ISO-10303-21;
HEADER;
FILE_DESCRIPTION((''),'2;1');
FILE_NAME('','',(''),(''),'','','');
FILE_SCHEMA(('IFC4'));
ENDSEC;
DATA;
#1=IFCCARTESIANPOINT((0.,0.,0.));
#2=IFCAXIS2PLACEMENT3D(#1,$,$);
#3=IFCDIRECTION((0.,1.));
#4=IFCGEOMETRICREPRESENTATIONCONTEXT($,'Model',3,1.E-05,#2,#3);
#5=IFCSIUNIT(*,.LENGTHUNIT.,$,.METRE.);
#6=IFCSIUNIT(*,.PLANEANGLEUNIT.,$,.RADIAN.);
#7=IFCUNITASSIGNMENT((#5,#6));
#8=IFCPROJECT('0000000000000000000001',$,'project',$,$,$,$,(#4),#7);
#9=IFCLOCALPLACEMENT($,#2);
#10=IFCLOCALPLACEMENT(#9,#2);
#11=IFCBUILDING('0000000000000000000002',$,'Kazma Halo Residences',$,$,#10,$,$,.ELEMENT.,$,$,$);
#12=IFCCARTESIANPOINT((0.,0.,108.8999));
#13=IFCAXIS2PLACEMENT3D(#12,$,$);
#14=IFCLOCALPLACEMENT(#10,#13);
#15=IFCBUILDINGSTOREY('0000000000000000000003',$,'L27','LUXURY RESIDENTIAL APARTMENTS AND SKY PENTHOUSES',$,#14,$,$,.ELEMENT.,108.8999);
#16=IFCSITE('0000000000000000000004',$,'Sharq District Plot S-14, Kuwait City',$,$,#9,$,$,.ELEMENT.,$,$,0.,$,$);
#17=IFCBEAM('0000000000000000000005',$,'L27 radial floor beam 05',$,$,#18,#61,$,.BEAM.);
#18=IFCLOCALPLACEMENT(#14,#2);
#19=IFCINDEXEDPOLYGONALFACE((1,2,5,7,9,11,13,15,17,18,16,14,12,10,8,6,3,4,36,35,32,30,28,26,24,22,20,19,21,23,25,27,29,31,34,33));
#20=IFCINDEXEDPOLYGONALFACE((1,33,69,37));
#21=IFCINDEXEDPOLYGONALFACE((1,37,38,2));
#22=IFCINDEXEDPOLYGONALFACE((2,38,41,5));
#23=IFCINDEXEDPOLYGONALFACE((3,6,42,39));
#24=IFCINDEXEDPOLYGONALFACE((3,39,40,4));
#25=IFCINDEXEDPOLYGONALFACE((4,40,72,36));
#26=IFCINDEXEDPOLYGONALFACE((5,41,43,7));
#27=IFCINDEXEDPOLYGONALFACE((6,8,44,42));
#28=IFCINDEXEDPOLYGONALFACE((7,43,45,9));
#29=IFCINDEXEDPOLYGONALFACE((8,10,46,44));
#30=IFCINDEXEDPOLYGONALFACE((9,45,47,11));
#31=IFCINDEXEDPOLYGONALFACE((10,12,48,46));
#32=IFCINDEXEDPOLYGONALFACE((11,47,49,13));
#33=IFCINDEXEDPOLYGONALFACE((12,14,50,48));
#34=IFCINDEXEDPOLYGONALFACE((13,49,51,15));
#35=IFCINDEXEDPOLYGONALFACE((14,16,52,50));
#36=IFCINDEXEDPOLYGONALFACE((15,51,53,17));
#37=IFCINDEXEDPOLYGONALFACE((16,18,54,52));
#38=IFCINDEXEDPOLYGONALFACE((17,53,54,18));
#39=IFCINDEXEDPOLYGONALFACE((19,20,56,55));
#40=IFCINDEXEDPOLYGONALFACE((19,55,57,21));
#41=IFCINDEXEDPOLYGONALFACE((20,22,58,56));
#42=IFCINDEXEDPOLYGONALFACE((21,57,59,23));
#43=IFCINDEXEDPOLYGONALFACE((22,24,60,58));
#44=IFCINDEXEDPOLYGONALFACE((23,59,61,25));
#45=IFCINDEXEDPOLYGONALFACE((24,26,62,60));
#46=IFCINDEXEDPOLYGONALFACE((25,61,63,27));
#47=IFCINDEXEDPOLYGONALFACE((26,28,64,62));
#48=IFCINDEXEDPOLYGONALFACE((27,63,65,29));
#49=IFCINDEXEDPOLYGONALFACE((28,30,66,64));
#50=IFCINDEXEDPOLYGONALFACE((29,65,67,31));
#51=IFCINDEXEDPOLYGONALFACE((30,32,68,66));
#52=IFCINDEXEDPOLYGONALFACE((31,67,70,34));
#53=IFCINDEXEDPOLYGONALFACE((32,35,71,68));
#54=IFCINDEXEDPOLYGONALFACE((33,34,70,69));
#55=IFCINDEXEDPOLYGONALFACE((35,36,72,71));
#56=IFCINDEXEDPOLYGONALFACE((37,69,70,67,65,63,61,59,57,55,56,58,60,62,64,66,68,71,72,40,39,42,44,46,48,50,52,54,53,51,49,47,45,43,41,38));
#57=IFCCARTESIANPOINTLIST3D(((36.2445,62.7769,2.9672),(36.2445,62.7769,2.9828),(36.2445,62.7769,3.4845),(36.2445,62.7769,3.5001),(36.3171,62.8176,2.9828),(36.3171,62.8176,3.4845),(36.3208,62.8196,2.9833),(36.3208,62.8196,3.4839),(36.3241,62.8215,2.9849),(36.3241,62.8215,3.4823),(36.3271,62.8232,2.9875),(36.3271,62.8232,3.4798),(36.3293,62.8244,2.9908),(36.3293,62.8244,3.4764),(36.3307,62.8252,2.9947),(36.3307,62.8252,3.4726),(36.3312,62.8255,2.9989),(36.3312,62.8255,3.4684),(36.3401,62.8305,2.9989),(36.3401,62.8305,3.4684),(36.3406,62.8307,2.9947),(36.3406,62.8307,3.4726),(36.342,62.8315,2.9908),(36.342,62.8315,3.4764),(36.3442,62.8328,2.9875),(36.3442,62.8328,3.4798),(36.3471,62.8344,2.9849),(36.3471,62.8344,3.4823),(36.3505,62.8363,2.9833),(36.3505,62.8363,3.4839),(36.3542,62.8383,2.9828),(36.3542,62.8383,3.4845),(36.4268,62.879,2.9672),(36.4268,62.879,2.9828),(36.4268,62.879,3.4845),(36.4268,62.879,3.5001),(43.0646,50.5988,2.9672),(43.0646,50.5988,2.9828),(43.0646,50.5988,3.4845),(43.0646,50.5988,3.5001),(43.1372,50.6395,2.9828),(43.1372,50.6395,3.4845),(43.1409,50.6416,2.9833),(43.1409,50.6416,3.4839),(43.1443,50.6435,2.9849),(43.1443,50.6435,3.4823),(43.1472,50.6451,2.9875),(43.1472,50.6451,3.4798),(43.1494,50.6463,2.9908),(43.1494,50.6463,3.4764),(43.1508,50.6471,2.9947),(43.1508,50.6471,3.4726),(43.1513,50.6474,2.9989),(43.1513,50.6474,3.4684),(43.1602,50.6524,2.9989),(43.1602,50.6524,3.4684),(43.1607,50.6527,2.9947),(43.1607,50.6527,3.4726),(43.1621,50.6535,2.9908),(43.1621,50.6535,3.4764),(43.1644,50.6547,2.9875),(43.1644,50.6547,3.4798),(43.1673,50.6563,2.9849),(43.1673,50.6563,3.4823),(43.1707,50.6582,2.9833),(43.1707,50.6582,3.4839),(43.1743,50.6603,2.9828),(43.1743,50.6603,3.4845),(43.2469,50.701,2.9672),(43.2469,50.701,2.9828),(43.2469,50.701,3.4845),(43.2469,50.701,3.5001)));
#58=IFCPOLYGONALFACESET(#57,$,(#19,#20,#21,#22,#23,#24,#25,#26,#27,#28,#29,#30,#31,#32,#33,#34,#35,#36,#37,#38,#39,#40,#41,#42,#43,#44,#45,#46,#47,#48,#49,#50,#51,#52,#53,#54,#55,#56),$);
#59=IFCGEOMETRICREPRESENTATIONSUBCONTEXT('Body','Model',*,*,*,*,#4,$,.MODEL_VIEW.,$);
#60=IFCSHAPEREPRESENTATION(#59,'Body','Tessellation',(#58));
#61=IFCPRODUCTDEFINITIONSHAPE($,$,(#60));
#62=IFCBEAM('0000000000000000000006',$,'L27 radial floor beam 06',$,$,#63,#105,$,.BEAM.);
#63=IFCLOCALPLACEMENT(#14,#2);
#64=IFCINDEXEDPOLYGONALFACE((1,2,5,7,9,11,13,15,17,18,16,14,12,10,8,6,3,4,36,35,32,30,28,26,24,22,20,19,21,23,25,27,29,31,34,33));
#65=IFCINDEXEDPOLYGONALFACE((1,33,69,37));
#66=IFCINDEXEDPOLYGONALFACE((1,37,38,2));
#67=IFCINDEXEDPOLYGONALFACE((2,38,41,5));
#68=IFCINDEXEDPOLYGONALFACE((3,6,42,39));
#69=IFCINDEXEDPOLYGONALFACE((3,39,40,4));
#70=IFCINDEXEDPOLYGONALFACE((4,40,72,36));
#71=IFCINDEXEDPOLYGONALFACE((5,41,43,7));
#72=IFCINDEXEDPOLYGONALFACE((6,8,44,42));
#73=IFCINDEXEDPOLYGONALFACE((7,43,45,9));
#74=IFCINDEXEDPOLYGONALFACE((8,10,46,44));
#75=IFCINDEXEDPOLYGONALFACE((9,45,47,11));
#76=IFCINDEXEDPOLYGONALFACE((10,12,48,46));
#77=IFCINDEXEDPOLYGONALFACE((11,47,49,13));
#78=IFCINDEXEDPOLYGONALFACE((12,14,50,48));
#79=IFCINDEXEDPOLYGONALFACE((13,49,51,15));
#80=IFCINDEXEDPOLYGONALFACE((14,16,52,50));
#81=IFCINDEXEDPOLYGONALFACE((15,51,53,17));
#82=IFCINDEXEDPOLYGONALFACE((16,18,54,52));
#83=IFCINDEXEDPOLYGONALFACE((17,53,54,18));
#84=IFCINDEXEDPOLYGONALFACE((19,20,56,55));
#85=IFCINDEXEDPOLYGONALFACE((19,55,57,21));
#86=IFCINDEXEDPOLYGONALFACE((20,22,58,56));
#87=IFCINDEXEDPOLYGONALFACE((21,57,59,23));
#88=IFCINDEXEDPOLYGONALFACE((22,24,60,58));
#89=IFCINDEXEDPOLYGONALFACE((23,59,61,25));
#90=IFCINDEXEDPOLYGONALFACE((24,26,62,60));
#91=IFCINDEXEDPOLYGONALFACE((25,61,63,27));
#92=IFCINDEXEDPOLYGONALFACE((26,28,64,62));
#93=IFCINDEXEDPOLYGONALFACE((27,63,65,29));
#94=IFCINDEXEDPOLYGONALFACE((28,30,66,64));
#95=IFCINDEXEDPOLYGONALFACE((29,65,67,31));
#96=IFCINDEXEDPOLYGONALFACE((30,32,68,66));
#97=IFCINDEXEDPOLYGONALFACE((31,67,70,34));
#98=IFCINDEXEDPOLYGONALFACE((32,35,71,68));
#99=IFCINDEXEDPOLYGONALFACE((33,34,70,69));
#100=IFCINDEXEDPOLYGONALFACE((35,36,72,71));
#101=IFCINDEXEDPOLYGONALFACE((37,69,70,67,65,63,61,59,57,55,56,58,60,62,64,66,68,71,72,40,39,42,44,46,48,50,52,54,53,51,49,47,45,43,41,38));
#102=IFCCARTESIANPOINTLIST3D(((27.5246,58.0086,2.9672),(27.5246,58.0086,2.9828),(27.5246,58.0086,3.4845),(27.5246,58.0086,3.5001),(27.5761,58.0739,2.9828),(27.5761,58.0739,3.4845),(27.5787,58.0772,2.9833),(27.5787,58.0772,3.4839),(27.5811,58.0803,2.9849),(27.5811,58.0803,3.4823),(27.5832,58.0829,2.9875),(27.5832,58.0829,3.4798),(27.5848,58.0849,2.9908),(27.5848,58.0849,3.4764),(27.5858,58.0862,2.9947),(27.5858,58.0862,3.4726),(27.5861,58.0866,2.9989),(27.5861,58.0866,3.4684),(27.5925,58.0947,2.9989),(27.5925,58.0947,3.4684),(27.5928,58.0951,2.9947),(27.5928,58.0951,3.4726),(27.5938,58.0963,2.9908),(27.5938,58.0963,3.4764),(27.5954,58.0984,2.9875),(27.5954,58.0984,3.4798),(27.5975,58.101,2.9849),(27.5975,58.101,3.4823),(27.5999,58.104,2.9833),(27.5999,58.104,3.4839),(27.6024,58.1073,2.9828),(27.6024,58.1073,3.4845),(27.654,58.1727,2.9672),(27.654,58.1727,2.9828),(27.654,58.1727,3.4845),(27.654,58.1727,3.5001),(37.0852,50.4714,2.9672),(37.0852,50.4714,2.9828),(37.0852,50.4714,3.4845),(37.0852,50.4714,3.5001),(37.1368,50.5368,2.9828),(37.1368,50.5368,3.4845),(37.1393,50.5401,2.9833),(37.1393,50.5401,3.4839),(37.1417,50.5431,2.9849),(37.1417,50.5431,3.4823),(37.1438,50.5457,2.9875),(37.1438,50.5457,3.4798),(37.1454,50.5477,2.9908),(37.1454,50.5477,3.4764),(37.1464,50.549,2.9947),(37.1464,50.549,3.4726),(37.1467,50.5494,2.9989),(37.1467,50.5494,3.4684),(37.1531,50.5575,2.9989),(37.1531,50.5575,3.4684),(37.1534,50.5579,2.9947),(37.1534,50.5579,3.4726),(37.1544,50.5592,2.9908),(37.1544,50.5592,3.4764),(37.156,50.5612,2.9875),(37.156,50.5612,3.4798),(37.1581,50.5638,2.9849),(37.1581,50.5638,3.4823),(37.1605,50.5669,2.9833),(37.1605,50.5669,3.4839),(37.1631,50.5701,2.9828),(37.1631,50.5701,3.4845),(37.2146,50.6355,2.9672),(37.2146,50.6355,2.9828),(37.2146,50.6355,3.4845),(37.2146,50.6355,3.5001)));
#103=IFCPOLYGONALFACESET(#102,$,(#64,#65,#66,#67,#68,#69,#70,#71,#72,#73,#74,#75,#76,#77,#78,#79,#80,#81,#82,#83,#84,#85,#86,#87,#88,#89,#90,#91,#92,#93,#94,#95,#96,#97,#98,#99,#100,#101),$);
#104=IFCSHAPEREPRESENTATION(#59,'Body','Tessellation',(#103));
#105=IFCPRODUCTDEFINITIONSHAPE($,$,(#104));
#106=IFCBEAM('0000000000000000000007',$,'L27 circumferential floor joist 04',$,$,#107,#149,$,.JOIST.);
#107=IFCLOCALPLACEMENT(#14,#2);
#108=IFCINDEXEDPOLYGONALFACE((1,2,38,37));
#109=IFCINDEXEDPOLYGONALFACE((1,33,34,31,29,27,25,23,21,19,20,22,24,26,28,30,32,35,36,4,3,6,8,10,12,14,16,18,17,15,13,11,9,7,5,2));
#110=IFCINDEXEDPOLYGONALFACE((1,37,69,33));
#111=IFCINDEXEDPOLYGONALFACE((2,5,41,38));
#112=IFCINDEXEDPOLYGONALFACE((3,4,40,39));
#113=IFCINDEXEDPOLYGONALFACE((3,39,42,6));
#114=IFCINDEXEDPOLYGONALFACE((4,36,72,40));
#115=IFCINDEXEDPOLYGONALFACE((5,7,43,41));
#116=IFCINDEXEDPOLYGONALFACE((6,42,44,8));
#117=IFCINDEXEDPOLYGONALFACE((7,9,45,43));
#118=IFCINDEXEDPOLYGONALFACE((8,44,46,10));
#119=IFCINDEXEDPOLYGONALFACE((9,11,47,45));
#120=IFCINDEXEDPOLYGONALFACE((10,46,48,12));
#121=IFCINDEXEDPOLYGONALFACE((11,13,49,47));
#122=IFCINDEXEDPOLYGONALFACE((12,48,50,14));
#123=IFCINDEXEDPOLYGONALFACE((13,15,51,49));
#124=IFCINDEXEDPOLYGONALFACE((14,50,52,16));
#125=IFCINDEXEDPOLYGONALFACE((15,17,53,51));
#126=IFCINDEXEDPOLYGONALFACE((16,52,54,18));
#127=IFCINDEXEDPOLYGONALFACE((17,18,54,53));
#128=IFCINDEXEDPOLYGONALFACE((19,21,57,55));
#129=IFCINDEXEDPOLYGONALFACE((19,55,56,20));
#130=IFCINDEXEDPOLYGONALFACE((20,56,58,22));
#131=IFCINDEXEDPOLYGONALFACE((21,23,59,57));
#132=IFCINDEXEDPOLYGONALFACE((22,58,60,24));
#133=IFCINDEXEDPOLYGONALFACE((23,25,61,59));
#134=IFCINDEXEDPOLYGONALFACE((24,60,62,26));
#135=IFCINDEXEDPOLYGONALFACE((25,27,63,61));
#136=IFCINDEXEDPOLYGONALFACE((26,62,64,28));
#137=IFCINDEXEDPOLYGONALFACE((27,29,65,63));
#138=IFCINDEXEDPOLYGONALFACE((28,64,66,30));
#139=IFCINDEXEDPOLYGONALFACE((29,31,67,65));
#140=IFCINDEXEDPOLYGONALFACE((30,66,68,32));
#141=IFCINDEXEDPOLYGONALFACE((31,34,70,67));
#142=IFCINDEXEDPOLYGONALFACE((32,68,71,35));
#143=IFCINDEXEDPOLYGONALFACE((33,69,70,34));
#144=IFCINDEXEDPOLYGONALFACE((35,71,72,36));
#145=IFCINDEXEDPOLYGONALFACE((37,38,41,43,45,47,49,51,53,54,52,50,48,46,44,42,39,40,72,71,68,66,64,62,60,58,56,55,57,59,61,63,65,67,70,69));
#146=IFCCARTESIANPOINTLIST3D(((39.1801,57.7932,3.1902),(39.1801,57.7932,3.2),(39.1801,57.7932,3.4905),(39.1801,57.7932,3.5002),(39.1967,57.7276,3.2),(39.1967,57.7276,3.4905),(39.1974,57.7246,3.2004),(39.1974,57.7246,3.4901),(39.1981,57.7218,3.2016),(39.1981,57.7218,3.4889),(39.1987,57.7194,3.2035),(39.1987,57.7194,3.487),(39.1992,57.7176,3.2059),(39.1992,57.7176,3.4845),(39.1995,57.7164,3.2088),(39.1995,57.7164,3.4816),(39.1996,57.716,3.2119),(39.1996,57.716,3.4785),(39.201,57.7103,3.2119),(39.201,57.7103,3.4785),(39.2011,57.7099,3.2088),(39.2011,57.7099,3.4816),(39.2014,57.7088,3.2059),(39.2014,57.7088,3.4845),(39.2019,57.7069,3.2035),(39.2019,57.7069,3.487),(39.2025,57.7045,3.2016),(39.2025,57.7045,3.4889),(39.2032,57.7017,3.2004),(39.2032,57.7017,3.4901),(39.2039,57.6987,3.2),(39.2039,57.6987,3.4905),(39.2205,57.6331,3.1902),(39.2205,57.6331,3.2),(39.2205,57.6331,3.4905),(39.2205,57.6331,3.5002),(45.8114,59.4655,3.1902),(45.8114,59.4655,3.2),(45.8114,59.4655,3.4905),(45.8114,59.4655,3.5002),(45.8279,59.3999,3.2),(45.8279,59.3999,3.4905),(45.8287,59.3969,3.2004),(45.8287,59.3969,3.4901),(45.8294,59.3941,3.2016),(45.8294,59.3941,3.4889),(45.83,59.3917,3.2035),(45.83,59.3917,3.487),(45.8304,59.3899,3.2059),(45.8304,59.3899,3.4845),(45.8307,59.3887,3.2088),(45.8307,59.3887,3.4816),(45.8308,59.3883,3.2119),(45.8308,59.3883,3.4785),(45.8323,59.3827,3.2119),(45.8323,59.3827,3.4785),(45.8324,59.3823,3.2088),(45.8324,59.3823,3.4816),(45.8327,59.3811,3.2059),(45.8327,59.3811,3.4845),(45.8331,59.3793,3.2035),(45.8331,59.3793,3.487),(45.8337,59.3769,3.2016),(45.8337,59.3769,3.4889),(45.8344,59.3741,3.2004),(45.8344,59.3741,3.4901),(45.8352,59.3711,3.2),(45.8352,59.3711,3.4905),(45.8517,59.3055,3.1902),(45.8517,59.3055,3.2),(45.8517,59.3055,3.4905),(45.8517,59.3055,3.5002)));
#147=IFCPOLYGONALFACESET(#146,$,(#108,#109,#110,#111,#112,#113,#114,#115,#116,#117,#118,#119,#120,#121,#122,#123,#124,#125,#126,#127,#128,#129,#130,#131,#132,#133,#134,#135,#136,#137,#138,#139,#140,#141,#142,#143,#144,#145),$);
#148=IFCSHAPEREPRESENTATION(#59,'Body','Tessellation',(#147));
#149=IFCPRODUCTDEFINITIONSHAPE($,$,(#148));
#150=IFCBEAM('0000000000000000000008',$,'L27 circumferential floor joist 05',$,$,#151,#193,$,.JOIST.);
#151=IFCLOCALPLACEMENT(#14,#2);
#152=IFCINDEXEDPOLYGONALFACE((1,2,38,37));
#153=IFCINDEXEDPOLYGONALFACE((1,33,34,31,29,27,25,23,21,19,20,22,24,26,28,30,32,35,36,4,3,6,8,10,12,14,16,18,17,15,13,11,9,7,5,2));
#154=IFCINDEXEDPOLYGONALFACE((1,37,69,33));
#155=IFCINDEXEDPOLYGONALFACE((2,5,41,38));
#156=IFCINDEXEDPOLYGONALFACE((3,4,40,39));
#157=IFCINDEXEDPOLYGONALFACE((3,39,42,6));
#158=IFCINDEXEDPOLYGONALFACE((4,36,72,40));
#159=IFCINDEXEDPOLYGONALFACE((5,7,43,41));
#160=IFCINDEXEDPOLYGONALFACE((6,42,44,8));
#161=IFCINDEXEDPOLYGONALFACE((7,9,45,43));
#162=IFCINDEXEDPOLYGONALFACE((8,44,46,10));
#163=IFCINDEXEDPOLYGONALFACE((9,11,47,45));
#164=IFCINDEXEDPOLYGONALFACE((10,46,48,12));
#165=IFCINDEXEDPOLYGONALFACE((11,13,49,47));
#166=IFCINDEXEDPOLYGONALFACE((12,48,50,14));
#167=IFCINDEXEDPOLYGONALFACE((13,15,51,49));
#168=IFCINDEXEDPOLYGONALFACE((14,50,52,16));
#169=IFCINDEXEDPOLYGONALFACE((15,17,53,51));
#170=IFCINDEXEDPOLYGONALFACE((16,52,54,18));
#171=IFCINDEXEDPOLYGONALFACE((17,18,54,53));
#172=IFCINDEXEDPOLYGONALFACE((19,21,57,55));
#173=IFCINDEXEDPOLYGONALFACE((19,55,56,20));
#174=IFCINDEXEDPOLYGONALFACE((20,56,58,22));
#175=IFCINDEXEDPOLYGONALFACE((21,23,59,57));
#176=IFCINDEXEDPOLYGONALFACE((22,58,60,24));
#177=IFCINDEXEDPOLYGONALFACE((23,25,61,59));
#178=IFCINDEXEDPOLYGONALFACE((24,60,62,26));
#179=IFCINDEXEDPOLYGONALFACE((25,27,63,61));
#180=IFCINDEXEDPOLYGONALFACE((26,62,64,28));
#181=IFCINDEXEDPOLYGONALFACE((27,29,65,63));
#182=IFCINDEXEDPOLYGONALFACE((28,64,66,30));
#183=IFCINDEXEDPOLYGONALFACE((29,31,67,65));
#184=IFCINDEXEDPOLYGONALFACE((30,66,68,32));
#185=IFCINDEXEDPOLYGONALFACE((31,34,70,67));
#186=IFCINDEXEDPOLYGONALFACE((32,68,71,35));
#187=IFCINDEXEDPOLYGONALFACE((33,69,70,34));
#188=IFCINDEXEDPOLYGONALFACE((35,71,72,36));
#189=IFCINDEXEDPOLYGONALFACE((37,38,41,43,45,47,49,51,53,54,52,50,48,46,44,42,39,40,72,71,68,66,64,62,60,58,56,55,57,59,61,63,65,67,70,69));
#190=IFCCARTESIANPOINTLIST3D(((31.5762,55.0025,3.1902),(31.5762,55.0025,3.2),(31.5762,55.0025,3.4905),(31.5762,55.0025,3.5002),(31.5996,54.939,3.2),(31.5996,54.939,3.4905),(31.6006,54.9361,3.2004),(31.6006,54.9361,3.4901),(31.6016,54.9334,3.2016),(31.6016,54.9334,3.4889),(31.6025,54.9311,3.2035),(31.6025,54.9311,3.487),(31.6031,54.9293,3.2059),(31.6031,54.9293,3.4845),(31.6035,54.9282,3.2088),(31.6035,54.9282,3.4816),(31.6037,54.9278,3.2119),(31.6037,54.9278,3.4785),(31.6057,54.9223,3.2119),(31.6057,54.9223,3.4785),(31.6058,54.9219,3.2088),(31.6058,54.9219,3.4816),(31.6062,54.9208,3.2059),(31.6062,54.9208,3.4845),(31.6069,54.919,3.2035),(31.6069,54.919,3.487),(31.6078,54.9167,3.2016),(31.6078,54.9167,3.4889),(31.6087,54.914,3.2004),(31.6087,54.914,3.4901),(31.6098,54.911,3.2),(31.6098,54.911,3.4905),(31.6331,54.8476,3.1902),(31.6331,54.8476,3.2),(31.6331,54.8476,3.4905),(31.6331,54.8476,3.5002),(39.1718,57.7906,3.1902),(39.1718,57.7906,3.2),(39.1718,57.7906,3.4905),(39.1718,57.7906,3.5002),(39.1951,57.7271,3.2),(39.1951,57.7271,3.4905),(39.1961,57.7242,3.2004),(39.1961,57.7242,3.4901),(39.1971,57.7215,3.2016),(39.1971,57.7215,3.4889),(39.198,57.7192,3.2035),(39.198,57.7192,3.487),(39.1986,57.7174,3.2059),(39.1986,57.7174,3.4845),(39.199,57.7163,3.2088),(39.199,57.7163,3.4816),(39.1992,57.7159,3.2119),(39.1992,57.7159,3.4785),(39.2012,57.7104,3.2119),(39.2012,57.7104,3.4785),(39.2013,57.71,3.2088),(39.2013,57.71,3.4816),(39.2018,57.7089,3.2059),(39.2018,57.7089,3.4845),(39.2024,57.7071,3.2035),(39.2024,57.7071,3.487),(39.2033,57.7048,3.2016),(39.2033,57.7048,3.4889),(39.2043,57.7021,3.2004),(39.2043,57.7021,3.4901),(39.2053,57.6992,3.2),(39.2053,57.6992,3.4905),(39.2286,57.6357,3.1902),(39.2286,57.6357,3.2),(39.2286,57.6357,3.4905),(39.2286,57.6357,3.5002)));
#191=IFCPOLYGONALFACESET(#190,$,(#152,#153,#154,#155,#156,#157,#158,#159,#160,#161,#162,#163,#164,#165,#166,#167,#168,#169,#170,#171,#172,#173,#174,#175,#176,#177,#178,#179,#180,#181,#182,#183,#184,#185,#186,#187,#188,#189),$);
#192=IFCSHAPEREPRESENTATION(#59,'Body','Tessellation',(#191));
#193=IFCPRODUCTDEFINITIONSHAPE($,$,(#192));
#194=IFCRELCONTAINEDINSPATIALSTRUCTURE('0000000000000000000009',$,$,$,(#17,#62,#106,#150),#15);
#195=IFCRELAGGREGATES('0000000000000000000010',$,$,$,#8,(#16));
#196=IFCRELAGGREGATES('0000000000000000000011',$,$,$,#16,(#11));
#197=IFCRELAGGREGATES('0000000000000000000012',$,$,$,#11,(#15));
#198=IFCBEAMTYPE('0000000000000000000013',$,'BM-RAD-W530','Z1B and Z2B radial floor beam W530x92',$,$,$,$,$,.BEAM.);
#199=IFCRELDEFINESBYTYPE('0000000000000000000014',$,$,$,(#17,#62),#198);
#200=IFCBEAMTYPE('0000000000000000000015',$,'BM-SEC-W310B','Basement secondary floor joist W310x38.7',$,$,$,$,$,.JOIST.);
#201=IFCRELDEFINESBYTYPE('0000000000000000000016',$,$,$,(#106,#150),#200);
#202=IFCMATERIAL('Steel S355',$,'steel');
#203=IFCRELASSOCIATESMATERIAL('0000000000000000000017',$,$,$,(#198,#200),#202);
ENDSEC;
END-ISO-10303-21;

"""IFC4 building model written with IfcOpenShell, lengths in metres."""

from ifc_helpers import new_model, si_unit, direction, frame, origin, origin_2d, place, context, subcontext, project, spatial, i_section, extrude, material, material_profile, profile_set, type_object, element, save


model = new_model("IFC4")

# Units and contexts
model_context = context("Model", 3, precision=1e-05, world=origin(), true_north=direction((0.0, 1.0)))
body_context = subcontext(model_context, "Body", "Model", "MODEL_VIEW")
ifc_project = project(units=[si_unit("LENGTHUNIT", "METRE"), si_unit("PLANEANGLEUNIT", "RADIAN")], contexts=[model_context])

# Site, building, storey
site_placement = place(None, origin())
site = spatial("IfcSite", under=ifc_project, at=site_placement, Name="Sharq District Plot S-14, Kuwait City", CompositionType="ELEMENT", RefElevation=0.0)
building_placement = place(site_placement, origin())
building = spatial("IfcBuilding", under=site, at=building_placement, Name="Kazma Halo Residences", CompositionType="ELEMENT")
storey_placement = place(building_placement, frame((0.0, 0.0, 108.8999)))
storey = spatial("IfcBuildingStorey", under=building, at=storey_placement, Name="L27", Description="LUXURY RESIDENTIAL APARTMENTS AND SKY PENTHOUSES", CompositionType="ELEMENT", Elevation=108.8999)

# Beams
ifc_material_1 = material(Name="Steel S355", Category="steel")
ifc_material_profile_1 = material_profile(ifc_material_1, i_section(OverallWidth=0.209, OverallDepth=0.533, WebThickness=0.0103, FlangeThickness=0.0156, FilletRadius=0.0161, at=origin_2d()), Name="W530x92")
ifc_profile_set_1 = profile_set([ifc_material_profile_1], Name="Steel S355")
beam_type_1 = type_object("IfcBeamType", Name="BM-RAD-W530", Description="Z1B and Z2B radial floor beam W530x92", PredefinedType="BEAM", material=ifc_profile_set_1)
beam_1_placement = place(storey_placement, frame((43.1558, 50.6499, 3.2336), z_axis=(-0.488625, 0.872494, 0.0), x_axis=(-0.872494, -0.488625, 0.0)))
element("IfcBeam", 1, at=beam_1_placement, inside=storey, type_object=beam_type_1, Name="L27 radial floor beam 05", PredefinedType="BEAM", context=body_context, shape_type="SweptSolid", body=[
    extrude(i_section(OverallWidth=0.209, OverallDepth=0.533, WebThickness=0.0103, FlangeThickness=0.0156, FilletRadius=0.0161, at=origin_2d()), origin(), (0.0, 0.0, 1.0), 13.9578),
])
beam_2_placement = place(storey_placement, frame((37.1499, 50.5535, 3.2336), z_axis=(-0.78531, 0.619103, 0.0), x_axis=(-0.619103, -0.78531, 0.0)))
element("IfcBeam", 2, at=beam_2_placement, inside=storey, type_object=beam_type_1, Name="L27 radial floor beam 06", PredefinedType="BEAM", context=body_context, shape_type="SweptSolid", body=[
    extrude(i_section(OverallWidth=0.209, OverallDepth=0.533, WebThickness=0.0103, FlangeThickness=0.0156, FilletRadius=0.0161, at=origin_2d()), origin(), (0.0, 0.0, 1.0), 12.1743),
])
ifc_material_profile_2 = material_profile(ifc_material_1, i_section(OverallWidth=0.165, OverallDepth=0.3101, WebThickness=0.0059, FlangeThickness=0.0098, FilletRadius=0.012, at=origin_2d()), Name="W310x38.7")
ifc_profile_set_2 = profile_set([ifc_material_profile_2], Name="Steel S355")
beam_type_2 = type_object("IfcBeamType", Name="BM-SEC-W310B", Description="Basement secondary floor joist W310x38.7", PredefinedType="JOIST", material=ifc_profile_set_2)
beam_3_placement = place(storey_placement, frame((45.8315, 59.3855, 3.3452), z_axis=(-0.969641, -0.244534, 0.0), x_axis=(0.244534, -0.969641, 0.0)))
element("IfcBeam", 3, at=beam_3_placement, inside=storey, type_object=beam_type_2, Name="L27 circumferential floor joist 04", PredefinedType="JOIST", context=body_context, shape_type="SweptSolid", body=[
    extrude(i_section(OverallWidth=0.165, OverallDepth=0.3101, WebThickness=0.0059, FlangeThickness=0.0098, FilletRadius=0.012, at=origin_2d()), origin(), (0.0, 0.0, 1.0), 6.8389),
])
beam_4_placement = place(storey_placement, frame((39.2002, 57.7131, 3.3452), z_axis=(-0.938753, -0.344591, 0.0), x_axis=(0.344591, -0.938753, 0.0)))
element("IfcBeam", 4, at=beam_4_placement, inside=storey, type_object=beam_type_2, Name="L27 circumferential floor joist 05", PredefinedType="JOIST", context=body_context, shape_type="SweptSolid", body=[
    extrude(i_section(OverallWidth=0.165, OverallDepth=0.3101, WebThickness=0.0059, FlangeThickness=0.0098, FilletRadius=0.012, at=origin_2d()), origin(), (0.0, 0.0, 1.0), 8.0911),
])

save(model, "model.ifc")
